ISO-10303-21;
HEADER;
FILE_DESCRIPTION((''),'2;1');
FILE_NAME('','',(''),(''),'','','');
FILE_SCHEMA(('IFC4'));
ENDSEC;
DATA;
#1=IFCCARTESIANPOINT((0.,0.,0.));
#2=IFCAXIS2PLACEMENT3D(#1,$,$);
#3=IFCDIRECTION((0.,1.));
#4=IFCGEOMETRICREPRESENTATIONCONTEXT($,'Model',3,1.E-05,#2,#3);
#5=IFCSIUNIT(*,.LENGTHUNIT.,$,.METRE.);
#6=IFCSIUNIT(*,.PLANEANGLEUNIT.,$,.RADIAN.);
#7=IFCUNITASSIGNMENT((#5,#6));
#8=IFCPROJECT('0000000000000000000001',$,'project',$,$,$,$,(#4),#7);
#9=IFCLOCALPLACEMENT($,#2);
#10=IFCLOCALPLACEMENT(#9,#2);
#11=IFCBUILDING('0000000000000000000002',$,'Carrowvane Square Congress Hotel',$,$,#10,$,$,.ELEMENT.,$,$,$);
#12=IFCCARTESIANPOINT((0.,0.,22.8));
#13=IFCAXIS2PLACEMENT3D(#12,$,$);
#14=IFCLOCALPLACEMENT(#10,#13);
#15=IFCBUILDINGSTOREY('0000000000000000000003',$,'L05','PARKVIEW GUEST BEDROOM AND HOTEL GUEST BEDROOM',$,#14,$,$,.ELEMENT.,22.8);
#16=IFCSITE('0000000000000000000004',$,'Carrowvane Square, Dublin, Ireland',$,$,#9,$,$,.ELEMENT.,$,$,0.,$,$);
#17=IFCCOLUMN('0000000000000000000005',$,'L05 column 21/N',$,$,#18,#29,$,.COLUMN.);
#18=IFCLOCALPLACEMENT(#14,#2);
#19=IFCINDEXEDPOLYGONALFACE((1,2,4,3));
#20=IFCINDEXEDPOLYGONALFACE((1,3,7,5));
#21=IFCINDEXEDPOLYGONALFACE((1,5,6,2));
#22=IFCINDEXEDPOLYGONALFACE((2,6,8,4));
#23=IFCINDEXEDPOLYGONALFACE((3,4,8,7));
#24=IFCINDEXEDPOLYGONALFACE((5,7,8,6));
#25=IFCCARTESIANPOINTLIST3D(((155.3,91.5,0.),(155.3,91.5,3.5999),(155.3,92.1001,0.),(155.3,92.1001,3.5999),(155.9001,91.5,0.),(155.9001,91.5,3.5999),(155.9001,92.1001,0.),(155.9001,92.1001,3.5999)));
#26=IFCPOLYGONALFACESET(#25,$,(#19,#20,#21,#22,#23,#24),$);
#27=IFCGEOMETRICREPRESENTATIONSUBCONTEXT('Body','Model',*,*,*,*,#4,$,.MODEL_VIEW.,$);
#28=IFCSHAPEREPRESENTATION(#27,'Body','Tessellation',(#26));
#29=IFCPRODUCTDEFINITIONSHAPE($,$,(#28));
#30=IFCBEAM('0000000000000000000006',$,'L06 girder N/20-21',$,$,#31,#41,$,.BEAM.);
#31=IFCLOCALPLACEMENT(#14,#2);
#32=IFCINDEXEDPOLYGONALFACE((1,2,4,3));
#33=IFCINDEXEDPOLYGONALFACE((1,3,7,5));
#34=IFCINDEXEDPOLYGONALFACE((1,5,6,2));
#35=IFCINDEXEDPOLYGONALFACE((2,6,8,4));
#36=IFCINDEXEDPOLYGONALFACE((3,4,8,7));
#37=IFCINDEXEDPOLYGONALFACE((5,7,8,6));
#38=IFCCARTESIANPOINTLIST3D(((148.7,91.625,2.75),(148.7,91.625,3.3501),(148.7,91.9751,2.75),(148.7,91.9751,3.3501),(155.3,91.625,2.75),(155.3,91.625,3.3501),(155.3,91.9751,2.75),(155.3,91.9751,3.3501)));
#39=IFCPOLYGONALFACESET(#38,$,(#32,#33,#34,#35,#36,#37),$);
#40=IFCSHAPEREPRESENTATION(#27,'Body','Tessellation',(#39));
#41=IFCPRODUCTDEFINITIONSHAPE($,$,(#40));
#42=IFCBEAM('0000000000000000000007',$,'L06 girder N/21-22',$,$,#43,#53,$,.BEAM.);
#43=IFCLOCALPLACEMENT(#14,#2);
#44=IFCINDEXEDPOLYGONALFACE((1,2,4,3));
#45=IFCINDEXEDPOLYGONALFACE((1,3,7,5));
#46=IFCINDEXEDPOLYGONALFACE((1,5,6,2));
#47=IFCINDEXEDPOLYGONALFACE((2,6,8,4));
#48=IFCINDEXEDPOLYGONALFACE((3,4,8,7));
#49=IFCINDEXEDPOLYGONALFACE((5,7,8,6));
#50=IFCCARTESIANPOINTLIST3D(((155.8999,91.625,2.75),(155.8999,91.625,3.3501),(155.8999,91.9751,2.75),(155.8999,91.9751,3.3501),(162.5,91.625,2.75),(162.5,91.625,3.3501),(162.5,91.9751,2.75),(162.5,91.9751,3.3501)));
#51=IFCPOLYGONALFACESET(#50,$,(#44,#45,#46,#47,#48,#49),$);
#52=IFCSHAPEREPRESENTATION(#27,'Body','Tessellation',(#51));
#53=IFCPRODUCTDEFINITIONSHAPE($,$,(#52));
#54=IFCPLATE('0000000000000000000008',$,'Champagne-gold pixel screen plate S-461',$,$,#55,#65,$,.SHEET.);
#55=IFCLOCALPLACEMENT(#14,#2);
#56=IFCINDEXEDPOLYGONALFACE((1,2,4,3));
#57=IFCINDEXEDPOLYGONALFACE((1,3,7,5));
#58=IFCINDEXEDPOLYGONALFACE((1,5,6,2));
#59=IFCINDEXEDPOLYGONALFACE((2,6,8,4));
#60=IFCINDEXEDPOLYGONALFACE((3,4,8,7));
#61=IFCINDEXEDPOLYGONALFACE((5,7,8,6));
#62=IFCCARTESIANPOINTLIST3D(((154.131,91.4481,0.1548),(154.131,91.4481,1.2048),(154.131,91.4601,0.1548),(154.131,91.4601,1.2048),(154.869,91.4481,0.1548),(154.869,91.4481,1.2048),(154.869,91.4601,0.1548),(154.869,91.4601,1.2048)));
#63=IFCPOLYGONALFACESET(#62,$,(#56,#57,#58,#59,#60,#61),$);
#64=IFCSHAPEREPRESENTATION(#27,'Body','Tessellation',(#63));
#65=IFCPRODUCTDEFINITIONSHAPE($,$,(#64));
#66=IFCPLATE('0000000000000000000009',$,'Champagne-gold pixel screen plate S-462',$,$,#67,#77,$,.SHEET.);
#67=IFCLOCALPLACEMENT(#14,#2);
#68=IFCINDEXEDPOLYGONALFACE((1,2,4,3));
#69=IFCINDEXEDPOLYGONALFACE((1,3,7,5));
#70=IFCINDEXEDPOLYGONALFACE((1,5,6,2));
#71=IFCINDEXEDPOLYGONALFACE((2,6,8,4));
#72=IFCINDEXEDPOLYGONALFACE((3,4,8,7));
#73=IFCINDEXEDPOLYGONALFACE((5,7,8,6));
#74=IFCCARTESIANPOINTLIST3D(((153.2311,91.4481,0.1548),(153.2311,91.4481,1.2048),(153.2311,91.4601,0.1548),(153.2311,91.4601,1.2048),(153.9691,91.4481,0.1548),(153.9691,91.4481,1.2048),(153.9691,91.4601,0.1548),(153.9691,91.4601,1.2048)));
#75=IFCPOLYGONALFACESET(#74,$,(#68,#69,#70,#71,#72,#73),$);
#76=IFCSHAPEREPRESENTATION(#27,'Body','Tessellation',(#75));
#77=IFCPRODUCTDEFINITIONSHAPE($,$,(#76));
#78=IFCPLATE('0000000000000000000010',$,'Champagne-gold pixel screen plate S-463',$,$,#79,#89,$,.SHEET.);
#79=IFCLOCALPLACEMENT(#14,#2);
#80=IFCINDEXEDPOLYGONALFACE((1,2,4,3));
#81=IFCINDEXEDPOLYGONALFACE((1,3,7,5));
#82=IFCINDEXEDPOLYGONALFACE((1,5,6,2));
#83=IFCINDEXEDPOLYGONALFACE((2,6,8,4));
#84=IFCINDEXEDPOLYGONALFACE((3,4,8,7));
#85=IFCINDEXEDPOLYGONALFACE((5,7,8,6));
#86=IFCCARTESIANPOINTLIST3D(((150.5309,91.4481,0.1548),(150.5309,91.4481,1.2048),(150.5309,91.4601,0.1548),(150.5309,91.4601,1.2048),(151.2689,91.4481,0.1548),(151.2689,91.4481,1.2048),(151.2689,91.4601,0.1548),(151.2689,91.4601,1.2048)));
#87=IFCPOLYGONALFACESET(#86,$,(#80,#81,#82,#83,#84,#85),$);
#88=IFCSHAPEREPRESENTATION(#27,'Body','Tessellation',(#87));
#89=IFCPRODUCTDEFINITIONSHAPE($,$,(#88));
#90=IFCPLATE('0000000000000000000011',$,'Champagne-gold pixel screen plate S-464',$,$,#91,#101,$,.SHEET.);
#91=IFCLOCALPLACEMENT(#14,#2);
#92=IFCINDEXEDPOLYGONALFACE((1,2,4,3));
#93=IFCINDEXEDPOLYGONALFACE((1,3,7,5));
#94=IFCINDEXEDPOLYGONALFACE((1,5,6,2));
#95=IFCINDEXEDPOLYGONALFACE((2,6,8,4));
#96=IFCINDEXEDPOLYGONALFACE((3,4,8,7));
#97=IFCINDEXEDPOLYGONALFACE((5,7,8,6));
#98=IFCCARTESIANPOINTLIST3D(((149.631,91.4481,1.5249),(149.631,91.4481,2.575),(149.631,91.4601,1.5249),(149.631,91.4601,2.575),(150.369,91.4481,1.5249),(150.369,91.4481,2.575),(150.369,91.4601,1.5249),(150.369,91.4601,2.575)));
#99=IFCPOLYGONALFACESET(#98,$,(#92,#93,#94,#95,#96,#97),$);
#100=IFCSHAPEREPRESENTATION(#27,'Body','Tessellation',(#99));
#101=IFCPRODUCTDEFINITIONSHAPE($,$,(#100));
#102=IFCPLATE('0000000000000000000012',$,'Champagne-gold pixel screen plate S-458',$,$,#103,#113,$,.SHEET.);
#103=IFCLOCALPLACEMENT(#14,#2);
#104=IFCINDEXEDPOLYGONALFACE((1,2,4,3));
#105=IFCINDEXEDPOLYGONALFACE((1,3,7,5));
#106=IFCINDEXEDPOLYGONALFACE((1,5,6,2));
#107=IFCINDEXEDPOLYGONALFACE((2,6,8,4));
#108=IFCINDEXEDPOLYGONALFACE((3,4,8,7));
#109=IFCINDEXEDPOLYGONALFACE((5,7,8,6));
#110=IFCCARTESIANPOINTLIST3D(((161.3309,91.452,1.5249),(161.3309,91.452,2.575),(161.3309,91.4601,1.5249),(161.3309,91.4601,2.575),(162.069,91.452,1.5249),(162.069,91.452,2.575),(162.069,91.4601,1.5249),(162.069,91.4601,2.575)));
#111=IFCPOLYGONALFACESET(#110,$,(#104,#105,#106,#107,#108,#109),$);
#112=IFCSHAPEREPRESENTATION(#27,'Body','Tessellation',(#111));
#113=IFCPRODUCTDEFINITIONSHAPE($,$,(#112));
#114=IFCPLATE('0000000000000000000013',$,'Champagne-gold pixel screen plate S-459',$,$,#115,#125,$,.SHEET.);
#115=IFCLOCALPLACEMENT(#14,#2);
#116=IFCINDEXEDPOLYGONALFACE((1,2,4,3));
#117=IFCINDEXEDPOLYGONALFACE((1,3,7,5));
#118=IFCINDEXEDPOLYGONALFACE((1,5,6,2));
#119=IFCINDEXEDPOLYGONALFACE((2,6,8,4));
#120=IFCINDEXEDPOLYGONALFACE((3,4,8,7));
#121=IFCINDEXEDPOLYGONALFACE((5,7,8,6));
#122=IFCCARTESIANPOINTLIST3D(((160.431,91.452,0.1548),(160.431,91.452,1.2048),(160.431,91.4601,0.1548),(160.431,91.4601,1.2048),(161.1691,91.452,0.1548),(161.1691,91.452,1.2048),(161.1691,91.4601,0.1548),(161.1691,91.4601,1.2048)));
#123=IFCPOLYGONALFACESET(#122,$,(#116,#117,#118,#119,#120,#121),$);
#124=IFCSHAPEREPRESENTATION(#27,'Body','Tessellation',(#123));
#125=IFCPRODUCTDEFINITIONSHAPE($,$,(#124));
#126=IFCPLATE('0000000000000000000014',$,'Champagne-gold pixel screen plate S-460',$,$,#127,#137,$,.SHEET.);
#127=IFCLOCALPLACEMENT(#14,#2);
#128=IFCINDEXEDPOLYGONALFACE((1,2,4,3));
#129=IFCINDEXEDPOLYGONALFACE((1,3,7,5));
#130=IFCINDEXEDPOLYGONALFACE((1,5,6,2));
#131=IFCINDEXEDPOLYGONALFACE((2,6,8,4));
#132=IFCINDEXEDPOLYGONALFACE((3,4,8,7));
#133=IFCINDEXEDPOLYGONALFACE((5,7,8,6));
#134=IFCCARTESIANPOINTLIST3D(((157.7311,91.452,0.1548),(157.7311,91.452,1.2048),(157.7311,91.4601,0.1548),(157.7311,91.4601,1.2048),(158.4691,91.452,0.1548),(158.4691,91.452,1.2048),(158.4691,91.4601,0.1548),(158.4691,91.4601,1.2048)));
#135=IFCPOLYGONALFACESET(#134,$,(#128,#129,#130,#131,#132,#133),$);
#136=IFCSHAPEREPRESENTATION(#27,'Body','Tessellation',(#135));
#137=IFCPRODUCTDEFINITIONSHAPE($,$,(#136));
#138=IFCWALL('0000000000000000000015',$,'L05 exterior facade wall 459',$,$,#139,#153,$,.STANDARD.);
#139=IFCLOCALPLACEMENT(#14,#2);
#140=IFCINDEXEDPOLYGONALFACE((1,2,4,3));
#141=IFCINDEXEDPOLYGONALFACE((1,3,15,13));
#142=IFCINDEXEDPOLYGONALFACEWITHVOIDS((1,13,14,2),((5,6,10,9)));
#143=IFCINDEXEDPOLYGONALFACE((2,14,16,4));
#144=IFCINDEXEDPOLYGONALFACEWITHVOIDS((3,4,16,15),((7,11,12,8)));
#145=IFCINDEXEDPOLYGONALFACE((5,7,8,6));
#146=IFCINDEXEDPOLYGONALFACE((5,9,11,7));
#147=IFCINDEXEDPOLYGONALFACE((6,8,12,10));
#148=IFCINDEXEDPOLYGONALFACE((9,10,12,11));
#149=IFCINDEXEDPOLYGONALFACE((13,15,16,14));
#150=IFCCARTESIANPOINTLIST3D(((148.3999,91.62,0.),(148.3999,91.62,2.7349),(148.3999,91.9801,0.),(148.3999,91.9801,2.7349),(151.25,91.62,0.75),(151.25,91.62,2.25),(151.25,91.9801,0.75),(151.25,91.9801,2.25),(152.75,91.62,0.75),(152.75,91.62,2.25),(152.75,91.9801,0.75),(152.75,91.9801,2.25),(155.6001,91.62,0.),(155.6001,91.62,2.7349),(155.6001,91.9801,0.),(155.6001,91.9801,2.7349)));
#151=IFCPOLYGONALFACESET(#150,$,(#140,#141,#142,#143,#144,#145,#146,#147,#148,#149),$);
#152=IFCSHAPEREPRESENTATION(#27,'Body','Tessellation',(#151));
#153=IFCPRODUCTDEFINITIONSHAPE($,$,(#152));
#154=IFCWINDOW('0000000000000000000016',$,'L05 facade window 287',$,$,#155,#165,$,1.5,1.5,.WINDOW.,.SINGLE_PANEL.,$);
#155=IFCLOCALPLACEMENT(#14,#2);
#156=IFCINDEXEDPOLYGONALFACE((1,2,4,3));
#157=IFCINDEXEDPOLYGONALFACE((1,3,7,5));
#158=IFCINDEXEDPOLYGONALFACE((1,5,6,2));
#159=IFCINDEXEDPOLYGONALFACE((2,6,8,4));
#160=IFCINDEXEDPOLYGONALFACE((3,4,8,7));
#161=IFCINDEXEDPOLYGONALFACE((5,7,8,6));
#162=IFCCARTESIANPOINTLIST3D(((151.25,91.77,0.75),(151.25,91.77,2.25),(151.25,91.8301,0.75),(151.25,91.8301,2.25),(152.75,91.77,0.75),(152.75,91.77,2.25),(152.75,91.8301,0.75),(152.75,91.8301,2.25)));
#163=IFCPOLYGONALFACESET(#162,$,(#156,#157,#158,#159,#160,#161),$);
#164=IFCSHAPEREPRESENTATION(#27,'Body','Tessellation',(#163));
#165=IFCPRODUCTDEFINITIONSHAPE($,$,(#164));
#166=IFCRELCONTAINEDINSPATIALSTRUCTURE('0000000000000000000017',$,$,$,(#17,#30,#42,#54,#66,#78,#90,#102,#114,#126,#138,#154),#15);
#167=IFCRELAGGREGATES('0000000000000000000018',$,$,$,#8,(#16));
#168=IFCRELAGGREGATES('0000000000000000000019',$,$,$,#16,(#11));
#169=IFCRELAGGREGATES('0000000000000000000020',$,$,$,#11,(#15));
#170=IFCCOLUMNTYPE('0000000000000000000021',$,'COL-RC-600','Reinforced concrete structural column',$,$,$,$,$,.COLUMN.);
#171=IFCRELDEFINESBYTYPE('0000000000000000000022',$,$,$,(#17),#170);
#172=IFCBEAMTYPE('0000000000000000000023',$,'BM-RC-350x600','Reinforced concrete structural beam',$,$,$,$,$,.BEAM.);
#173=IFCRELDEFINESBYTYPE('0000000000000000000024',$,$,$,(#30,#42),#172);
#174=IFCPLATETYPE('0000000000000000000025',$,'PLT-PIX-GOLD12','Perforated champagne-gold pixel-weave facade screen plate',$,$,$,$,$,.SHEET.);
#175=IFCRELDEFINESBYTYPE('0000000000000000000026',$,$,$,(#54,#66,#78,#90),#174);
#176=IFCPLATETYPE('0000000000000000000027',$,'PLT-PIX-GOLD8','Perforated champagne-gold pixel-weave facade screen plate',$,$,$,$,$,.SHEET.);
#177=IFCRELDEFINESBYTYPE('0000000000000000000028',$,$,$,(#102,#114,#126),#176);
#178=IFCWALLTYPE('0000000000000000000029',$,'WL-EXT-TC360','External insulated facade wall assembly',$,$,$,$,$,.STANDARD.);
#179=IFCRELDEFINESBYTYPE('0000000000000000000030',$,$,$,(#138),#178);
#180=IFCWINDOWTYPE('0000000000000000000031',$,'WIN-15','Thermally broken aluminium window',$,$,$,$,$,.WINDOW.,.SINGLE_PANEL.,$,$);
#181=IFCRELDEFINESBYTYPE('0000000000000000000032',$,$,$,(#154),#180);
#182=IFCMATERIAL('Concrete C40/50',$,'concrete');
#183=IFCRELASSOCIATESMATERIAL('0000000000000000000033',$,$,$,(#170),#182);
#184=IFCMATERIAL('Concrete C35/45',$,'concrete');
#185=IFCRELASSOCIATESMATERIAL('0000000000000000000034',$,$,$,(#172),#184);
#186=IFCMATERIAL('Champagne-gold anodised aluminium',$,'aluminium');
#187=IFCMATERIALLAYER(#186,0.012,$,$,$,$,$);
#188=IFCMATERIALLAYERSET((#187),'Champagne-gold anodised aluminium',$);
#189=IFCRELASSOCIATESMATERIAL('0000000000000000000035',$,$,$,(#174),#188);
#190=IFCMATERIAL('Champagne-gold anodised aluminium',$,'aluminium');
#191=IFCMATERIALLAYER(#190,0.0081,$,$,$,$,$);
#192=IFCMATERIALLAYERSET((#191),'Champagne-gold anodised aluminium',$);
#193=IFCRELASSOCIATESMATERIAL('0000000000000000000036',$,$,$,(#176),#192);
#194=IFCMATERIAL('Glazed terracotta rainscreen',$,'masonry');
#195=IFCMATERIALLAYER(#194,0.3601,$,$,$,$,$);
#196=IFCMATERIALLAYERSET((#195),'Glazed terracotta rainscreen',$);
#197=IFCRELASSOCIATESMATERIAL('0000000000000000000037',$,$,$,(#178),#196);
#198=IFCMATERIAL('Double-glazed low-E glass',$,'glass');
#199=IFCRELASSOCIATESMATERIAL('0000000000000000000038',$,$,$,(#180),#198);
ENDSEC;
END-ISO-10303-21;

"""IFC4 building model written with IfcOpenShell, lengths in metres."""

from ifc_helpers import new_model, si_unit, direction, frame, frame_2d, origin, origin_2d, place, context, subcontext, project, spatial, rectangle, extrude, material, layer, layer_set, material_profile, profile_set, type_object, element, fill, save


model = new_model("IFC4")

# Units and contexts
model_context = context("Model", 3, precision=1e-05, world=origin(), true_north=direction((0.0, 1.0)))
body_context = subcontext(model_context, "Body", "Model", "MODEL_VIEW")
ifc_project = project(units=[si_unit("LENGTHUNIT", "METRE"), si_unit("PLANEANGLEUNIT", "RADIAN")], contexts=[model_context])

# Site, building, storey
site_placement = place(None, origin())
site = spatial("IfcSite", under=ifc_project, at=site_placement, Name="Carrowvane Square, Dublin, Ireland", CompositionType="ELEMENT", RefElevation=0.0)
building_placement = place(site_placement, origin())
building = spatial("IfcBuilding", under=site, at=building_placement, Name="Carrowvane Square Congress Hotel", CompositionType="ELEMENT")
storey_placement = place(building_placement, frame((0.0, 0.0, 22.8)))
storey = spatial("IfcBuildingStorey", under=building, at=storey_placement, Name="L05", Description="PARKVIEW GUEST BEDROOM AND HOTEL GUEST BEDROOM", CompositionType="ELEMENT", Elevation=22.8)

# Column
ifc_material_1 = material(Name="Concrete C40/50", Category="concrete")
ifc_material_profile_1 = material_profile(ifc_material_1, rectangle(XDim=0.6001, YDim=0.6001, at=origin_2d()), Name="RC 600x600")
ifc_profile_set_1 = profile_set([ifc_material_profile_1], Name="Concrete C40/50")
column_type = type_object("IfcColumnType", Name="COL-RC-600", Description="Reinforced concrete structural column", PredefinedType="COLUMN", material=ifc_profile_set_1)
column_placement = place(storey_placement, frame((155.6001, 91.8, 0.0), z_axis=(0.0, 0.0, 1.0), x_axis=(1.0, 0.0, 0.0)))
element("IfcColumn", 1, at=column_placement, inside=storey, type_object=column_type, Name="L05 column 21/N", PredefinedType="COLUMN", context=body_context, shape_type="SweptSolid", body=[
    extrude(rectangle(XDim=0.6001, YDim=0.6001, at=origin_2d()), origin(), (0.0, 0.0, 1.0), 3.5999),
])

# Beams
ifc_material_2 = material(Name="Concrete C35/45", Category="concrete")
ifc_material_profile_2 = material_profile(ifc_material_2, rectangle(XDim=0.3501, YDim=0.6001, at=origin_2d()), Name="RC 350x600")
ifc_profile_set_2 = profile_set([ifc_material_profile_2], Name="Concrete C35/45")
beam_type = type_object("IfcBeamType", Name="BM-RC-350x600", Description="Reinforced concrete structural beam", PredefinedType="BEAM", material=ifc_profile_set_2)
for number, where, z_axis, x_axis, name in (
    (2, (148.7, 91.8, 3.05), (1.0, 0.0, 0.0), (0.0, 1.0, 0.0), "L06 girder N/20-21"),
    (3, (155.8999, 91.8, 3.05), (1.0, 0.0, 0.0), (0.0, 1.0, 0.0), "L06 girder N/21-22"),
):
    element("IfcBeam", number, at=place(storey_placement, frame(where, z_axis=z_axis, x_axis=x_axis)), inside=storey, type_object=beam_type, Name=name, PredefinedType="BEAM", context=body_context, shape_type="SweptSolid", body=[
        extrude(rectangle(XDim=0.3501, YDim=0.6001, at=origin_2d()), origin(), (0.0, 0.0, 1.0), 6.6001),
    ])

# Plates
ifc_material_3 = material(Name="Champagne-gold anodised aluminium", Category="aluminium")
ifc_layer_1 = layer(ifc_material_3, 0.012)
ifc_layer_set_1 = layer_set([ifc_layer_1], Name="Champagne-gold anodised aluminium")
plate_type_1 = type_object("IfcPlateType", Name="PLT-PIX-GOLD12", Description="Perforated champagne-gold pixel-weave facade screen plate", PredefinedType="SHEET", material=ifc_layer_set_1)
for number, where, z_axis, x_axis, name in (
    (4, (154.5, 91.4541, 0.1548), (0.0, 0.0, 1.0), (-1.0, 0.0, 0.0), "Champagne-gold pixel screen plate S-461"),
    (5, (153.6001, 91.4541, 0.1548), (0.0, 0.0, 1.0), (-1.0, 0.0, 0.0), "Champagne-gold pixel screen plate S-462"),
    (6, (150.8999, 91.4541, 0.1548), (0.0, 0.0, 1.0), (-1.0, 0.0, 0.0), "Champagne-gold pixel screen plate S-463"),
    (7, (150.0, 91.4541, 1.5249), (0.0, 0.0, 1.0), (-1.0, 0.0, 0.0), "Champagne-gold pixel screen plate S-464"),
):
    element("IfcPlate", number, at=place(storey_placement, frame(where, z_axis=z_axis, x_axis=x_axis)), inside=storey, type_object=plate_type_1, Name=name, PredefinedType="SHEET", context=body_context, shape_type="SweptSolid", body=[
        extrude(rectangle(XDim=0.738, YDim=0.012, at=origin_2d()), origin(), (0.0, 0.0, 1.0), 1.05),
    ])
ifc_material_4 = material(Name="Champagne-gold anodised aluminium", Category="aluminium")
ifc_layer_2 = layer(ifc_material_4, 0.0081)
ifc_layer_set_2 = layer_set([ifc_layer_2], Name="Champagne-gold anodised aluminium")
plate_type_2 = type_object("IfcPlateType", Name="PLT-PIX-GOLD8", Description="Perforated champagne-gold pixel-weave facade screen plate", PredefinedType="SHEET", material=ifc_layer_set_2)
for number, where, z_axis, x_axis, name in (
    (8, (161.7, 91.4561, 1.5249), (0.0, 0.0, 1.0), (-1.0, 0.0, 0.0), "Champagne-gold pixel screen plate S-458"),
    (9, (160.8, 91.4561, 0.1548), (0.0, 0.0, 1.0), (-1.0, 0.0, 0.0), "Champagne-gold pixel screen plate S-459"),
    (10, (158.1001, 91.4561, 0.1548), (0.0, 0.0, 1.0), (-1.0, 0.0, 0.0), "Champagne-gold pixel screen plate S-460"),
):
    element("IfcPlate", number, at=place(storey_placement, frame(where, z_axis=z_axis, x_axis=x_axis)), inside=storey, type_object=plate_type_2, Name=name, PredefinedType="SHEET", context=body_context, shape_type="SweptSolid", body=[
        extrude(rectangle(XDim=0.738, YDim=0.0081, at=origin_2d()), origin(), (0.0, 0.0, 1.0), 1.05),
    ])

# Wall, opening, window
ifc_material_5 = material(Name="Glazed terracotta rainscreen", Category="masonry")
ifc_layer_3 = layer(ifc_material_5, 0.3601)
ifc_layer_set_3 = layer_set([ifc_layer_3], Name="Glazed terracotta rainscreen")
wall_type_1 = type_object("IfcWallType", Name="WL-EXT-TC360", Description="External insulated facade wall assembly", PredefinedType="STANDARD", material=ifc_layer_set_3)
wall_1_placement = place(storey_placement, frame((155.6001, 91.8, 0.0), z_axis=(0.0, 0.0, 1.0), x_axis=(-1.0, 0.0, 0.0)))
wall_1 = element("IfcWall", 11, at=wall_1_placement, inside=storey, type_object=wall_type_1, Name="L05 exterior facade wall 459", PredefinedType="STANDARD", context=body_context, shape_type="SweptSolid", body=[
    extrude(rectangle(XDim=7.2002, YDim=0.3601, at=frame_2d((3.6001, 0.0))), origin(), (0.0, 0.0, 1.0), 2.7349),
])
opening_1_placement = place(wall_1_placement, frame((2.8501, 0.0, 0.75)))
opening_1 = element("IfcOpeningElement", 12, at=opening_1_placement, cuts=wall_1, PredefinedType="OPENING", context=body_context, shape_type="SweptSolid", body=[
    extrude(rectangle(XDim=1.5, YDim=1.5, at=frame_2d((0.75, 0.75))), frame((0.0, 0.1899, 0.0), z_axis=(0.0, -1.0, 0.0), x_axis=(1.0, 0.0, 0.0)), (0.0, 0.0, 1.0), 0.3801),
])
ifc_material_6 = material(Name="Double-glazed low-E glass", Category="glass")
window_type_1 = type_object("IfcWindowType", Name="WIN-15", Description="Thermally broken aluminium window", PartitioningType="SINGLE_PANEL", PredefinedType="WINDOW", material=ifc_material_6)
window_1_placement = place(opening_1_placement, origin())
window_1 = element("IfcWindow", 13, at=window_1_placement, inside=storey, type_object=window_type_1, Name="L05 facade window 287", OverallHeight=1.5, OverallWidth=1.5, PartitioningType="SINGLE_PANEL", PredefinedType="WINDOW", context=body_context, shape_type="SweptSolid", body=[
    extrude(rectangle(XDim=1.5, YDim=1.5, at=frame_2d((0.75, 0.75))), frame((0.0, 0.03, 0.0), z_axis=(0.0, -1.0, 0.0), x_axis=(1.0, 0.0, 0.0)), (0.0, 0.0, 1.0), 0.0601),
])
fill(opening_1, window_1)

save(model, "model.ifc")
